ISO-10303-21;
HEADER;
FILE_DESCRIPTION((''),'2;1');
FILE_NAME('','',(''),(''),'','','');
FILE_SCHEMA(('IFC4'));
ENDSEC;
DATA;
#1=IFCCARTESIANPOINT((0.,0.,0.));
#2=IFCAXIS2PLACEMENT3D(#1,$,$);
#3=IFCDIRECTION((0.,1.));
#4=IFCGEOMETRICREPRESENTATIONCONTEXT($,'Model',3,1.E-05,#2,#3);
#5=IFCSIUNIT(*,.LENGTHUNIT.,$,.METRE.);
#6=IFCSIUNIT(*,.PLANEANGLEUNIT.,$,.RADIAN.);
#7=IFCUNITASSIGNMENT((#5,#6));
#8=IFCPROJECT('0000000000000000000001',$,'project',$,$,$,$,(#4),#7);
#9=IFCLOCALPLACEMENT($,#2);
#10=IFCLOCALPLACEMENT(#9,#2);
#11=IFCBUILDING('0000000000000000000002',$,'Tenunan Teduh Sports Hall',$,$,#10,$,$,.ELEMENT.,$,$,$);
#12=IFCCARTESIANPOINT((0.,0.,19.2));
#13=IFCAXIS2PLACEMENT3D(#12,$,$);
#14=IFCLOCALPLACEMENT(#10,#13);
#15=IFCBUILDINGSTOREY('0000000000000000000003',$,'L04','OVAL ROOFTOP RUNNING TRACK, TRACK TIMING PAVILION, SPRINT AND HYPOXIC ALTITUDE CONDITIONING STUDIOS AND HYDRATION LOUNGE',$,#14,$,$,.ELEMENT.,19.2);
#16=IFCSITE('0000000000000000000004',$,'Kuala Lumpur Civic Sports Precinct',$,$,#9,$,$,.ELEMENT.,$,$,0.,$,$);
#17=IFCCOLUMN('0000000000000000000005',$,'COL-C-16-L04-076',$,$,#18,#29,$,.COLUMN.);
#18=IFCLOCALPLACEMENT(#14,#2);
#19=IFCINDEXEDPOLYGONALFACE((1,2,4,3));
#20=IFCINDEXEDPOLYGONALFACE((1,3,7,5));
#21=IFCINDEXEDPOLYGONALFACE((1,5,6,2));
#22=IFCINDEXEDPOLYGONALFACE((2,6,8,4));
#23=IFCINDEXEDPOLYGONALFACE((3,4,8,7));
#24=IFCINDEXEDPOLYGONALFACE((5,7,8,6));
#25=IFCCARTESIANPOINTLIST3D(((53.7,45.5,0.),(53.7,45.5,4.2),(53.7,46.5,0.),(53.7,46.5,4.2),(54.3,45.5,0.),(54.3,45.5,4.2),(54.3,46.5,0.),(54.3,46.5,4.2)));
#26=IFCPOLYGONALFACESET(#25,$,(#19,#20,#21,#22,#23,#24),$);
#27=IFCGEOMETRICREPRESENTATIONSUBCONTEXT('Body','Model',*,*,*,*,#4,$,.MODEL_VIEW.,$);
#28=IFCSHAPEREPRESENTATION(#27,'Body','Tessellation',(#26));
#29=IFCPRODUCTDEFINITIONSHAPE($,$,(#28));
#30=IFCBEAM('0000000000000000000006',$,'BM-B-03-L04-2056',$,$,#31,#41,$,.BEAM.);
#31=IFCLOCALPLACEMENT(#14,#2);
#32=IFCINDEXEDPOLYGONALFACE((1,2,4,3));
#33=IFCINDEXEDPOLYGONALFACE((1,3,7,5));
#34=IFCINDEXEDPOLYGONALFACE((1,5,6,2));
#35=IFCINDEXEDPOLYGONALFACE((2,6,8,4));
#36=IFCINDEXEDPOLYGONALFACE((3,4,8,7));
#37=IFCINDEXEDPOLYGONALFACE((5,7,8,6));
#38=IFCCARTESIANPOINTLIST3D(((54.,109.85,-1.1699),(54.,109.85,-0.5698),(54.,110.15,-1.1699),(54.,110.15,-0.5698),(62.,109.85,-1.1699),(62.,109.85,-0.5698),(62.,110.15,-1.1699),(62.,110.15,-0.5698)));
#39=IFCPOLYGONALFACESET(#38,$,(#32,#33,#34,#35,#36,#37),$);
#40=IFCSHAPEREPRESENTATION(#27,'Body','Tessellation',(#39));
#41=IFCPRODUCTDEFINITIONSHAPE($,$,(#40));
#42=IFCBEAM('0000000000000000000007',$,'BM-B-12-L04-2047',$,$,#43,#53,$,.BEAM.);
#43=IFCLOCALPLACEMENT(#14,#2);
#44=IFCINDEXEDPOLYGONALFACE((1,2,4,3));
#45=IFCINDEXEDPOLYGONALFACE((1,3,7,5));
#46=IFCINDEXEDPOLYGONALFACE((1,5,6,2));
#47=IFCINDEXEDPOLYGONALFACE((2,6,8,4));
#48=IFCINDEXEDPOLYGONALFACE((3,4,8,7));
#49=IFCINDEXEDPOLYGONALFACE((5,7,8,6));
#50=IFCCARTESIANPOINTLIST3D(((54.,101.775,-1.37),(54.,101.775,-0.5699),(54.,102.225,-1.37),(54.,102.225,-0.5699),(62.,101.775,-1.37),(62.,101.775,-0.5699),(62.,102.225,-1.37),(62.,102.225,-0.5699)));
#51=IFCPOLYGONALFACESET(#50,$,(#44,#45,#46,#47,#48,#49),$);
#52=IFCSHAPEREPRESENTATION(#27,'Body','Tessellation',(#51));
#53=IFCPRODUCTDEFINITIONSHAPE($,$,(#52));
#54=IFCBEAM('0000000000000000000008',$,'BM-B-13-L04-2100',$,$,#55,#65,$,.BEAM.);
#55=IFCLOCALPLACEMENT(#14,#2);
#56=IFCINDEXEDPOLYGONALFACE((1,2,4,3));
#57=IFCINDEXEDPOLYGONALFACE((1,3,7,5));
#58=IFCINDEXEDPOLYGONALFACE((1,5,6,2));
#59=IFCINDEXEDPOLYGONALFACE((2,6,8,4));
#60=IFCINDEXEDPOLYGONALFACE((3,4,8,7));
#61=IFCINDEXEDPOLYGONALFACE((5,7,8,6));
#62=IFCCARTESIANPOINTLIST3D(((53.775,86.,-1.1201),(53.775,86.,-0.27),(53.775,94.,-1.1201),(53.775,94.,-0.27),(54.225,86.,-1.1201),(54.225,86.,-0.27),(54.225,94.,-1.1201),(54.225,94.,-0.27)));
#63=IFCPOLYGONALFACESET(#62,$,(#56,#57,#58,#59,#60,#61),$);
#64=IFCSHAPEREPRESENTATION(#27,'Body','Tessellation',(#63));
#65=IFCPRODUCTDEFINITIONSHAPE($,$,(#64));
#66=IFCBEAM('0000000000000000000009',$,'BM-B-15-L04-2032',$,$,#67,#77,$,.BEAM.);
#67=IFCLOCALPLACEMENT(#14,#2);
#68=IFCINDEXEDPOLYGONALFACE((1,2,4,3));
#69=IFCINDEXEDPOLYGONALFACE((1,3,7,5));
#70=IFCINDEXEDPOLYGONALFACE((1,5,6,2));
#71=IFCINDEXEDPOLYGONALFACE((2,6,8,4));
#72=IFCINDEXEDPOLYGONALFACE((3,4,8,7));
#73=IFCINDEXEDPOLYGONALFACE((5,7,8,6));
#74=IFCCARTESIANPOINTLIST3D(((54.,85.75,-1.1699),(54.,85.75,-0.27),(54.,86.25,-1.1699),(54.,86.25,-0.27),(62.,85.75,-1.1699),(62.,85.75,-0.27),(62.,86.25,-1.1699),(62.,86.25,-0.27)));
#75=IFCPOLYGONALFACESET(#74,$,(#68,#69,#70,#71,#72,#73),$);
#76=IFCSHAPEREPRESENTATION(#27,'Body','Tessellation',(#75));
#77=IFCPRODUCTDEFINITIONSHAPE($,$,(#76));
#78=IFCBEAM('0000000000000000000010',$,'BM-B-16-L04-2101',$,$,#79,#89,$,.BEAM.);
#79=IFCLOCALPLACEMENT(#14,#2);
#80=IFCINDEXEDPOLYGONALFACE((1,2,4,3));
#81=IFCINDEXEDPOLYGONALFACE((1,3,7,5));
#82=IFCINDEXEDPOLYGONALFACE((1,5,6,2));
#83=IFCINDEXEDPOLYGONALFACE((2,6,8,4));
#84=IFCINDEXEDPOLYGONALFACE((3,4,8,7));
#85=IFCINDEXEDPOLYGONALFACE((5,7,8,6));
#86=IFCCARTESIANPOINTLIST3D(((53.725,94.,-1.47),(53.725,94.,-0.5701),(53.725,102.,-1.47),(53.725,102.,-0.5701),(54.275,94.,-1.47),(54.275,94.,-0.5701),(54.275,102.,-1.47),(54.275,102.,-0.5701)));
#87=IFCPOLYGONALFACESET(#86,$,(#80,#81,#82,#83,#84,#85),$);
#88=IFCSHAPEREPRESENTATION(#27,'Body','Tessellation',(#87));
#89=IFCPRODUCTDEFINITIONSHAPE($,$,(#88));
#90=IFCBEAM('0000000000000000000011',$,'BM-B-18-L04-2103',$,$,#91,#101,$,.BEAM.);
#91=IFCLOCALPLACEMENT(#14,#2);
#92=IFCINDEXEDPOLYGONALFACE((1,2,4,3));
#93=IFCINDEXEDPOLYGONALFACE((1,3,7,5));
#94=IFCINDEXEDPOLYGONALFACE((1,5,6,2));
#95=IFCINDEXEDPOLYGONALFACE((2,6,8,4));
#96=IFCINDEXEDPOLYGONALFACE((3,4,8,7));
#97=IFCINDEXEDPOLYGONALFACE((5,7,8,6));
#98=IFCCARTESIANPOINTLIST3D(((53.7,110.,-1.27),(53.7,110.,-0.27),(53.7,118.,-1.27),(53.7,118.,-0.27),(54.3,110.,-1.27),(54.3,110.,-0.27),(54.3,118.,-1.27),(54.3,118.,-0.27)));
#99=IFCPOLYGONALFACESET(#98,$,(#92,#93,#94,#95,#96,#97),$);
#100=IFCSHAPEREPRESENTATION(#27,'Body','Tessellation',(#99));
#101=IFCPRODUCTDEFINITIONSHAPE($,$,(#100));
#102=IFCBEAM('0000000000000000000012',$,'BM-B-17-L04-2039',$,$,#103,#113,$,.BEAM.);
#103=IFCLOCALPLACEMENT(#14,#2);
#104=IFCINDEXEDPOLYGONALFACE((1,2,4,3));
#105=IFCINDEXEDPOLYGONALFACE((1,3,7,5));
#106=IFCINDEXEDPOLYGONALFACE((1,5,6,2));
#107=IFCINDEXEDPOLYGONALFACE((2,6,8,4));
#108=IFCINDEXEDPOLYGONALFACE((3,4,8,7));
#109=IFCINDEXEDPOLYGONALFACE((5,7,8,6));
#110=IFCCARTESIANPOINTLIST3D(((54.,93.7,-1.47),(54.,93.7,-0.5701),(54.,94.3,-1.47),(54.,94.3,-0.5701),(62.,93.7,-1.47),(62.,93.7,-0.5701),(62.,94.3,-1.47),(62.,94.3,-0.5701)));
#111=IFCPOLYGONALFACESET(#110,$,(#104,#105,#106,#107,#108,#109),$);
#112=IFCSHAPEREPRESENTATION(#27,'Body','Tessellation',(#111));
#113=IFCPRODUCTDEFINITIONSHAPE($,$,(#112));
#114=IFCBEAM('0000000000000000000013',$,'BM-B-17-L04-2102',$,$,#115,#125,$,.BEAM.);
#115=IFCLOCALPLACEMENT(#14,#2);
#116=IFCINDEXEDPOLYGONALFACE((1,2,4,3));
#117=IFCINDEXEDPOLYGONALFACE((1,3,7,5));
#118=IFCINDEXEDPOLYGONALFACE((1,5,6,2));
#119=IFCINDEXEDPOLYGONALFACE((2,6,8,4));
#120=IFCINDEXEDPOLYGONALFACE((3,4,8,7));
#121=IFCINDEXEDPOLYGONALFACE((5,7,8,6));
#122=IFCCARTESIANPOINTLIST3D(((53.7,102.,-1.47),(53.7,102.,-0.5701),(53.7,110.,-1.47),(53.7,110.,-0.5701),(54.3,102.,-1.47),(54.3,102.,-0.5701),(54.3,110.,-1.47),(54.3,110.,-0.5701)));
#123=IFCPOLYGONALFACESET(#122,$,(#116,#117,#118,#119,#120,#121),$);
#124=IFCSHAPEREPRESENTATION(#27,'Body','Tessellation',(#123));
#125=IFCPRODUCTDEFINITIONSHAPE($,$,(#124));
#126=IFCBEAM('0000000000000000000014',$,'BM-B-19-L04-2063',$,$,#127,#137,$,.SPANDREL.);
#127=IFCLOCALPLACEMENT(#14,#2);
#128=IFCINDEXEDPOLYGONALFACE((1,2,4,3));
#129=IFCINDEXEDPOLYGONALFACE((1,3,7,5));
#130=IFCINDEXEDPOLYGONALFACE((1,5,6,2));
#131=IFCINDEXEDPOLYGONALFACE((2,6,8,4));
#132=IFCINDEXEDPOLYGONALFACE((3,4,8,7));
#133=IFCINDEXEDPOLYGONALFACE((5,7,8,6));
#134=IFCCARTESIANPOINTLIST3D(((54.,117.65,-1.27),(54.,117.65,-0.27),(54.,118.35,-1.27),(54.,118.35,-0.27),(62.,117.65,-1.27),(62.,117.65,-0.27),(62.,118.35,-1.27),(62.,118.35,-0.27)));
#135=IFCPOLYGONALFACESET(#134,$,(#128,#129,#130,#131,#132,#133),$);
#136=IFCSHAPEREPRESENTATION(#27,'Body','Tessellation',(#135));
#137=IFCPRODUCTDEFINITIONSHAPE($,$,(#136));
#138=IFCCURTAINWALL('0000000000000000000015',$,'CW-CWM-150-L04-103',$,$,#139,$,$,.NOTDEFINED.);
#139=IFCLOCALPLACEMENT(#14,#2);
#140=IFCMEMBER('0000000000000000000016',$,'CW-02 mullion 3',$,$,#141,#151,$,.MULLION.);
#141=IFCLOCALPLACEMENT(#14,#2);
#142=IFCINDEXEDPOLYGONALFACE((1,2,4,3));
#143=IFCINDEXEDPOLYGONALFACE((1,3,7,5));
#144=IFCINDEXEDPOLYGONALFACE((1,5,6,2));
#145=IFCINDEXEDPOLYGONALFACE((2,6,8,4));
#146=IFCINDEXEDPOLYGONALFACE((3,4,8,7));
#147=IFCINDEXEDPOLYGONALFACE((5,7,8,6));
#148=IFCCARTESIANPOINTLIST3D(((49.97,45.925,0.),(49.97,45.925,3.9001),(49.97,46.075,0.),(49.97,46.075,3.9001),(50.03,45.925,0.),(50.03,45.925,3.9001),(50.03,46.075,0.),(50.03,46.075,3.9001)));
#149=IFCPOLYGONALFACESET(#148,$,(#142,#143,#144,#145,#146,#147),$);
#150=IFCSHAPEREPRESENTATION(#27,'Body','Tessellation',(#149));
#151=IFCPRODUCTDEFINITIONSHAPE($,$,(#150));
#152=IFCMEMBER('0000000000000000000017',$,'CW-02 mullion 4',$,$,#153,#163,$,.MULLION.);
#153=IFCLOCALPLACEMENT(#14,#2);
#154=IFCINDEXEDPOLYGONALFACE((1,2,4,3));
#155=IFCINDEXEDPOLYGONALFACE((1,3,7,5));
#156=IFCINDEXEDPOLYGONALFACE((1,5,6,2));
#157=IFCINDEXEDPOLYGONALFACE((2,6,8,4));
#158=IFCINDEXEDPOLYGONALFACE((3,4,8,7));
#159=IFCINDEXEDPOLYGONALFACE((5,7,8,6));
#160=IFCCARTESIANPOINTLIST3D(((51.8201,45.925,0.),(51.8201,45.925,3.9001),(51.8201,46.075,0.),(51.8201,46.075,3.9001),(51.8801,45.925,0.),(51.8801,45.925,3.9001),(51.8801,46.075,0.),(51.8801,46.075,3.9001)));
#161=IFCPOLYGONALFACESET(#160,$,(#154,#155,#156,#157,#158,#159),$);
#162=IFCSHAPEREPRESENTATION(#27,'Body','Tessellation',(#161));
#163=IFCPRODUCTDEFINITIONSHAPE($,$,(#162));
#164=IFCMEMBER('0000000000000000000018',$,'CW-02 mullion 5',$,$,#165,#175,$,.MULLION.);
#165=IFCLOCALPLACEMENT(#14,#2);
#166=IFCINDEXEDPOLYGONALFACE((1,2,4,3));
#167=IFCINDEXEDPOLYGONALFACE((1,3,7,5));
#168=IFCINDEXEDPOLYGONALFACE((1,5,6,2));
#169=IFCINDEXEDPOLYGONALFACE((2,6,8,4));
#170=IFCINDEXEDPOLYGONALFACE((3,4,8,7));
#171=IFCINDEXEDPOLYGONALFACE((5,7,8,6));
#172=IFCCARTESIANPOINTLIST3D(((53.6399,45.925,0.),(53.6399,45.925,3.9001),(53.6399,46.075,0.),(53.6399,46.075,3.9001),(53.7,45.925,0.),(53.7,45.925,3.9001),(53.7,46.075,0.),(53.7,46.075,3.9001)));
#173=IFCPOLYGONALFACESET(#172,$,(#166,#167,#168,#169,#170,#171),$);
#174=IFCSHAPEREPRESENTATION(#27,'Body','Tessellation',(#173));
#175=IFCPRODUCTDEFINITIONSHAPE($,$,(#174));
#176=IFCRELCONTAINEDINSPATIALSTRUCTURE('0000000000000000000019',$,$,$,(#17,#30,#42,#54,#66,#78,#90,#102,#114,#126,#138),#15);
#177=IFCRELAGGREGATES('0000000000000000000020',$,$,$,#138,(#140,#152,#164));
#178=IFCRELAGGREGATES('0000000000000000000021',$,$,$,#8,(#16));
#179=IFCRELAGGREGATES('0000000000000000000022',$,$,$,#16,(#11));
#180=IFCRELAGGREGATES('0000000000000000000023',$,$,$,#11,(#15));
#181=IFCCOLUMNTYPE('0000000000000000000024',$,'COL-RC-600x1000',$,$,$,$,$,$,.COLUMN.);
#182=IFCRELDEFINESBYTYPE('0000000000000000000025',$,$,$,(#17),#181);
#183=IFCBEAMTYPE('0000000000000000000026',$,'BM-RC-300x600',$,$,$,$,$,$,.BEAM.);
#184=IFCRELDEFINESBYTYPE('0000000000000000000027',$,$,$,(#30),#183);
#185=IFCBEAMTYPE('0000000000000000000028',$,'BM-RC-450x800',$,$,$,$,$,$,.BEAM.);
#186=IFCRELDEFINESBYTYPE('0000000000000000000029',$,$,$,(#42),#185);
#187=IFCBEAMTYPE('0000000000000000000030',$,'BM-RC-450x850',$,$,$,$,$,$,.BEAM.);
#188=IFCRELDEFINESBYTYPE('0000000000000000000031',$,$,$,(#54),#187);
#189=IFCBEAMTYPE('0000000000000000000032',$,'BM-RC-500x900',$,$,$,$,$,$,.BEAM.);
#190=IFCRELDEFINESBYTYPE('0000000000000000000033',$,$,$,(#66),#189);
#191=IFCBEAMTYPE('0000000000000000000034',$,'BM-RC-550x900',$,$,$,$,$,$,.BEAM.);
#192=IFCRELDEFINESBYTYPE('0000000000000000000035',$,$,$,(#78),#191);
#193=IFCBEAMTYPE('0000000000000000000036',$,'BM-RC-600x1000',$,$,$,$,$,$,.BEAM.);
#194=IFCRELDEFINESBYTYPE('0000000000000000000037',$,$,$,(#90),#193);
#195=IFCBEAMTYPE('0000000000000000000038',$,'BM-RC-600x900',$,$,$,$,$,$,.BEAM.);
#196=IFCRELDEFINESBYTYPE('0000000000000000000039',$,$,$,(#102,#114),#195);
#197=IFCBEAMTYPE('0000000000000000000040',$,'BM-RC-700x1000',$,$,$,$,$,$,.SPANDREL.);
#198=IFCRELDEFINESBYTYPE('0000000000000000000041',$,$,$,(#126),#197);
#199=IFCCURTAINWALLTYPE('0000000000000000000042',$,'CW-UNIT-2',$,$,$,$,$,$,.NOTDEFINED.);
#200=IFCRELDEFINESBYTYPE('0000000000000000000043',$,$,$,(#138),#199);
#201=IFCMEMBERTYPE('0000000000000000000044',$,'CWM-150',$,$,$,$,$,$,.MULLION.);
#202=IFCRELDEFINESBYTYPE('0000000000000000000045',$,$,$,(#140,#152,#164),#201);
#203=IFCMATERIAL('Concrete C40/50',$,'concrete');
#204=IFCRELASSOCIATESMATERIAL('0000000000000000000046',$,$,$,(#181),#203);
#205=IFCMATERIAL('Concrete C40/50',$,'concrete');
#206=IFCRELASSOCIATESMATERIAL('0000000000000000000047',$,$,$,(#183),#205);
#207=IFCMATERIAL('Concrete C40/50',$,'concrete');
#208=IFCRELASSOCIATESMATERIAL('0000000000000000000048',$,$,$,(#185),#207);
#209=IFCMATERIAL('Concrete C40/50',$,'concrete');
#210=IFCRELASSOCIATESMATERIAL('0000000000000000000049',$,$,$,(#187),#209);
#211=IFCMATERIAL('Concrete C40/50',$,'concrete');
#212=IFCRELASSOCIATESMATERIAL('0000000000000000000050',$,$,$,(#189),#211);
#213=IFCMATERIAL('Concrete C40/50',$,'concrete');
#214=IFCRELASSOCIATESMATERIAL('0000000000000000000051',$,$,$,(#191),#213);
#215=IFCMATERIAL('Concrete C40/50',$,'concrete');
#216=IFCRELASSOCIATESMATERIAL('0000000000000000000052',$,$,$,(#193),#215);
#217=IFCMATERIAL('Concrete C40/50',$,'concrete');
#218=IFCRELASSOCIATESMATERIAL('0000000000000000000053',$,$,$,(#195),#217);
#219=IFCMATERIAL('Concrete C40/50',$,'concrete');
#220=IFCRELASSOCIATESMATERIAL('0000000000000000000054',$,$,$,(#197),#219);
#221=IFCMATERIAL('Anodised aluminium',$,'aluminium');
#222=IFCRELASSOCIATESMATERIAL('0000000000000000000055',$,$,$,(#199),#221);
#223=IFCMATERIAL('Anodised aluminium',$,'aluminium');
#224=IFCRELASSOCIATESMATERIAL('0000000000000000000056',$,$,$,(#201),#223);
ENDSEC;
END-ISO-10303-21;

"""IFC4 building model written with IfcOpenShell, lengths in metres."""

from ifc_helpers import new_model, si_unit, direction, frame, origin, origin_2d, place, context, subcontext, project, spatial, rectangle, extrude, material, material_profile, profile_set, type_object, element, aggregate, save


model = new_model("IFC4")

# Units and contexts
model_context = context("Model", 3, precision=1e-05, world=origin(), true_north=direction((0.0, 1.0)))
body_context = subcontext(model_context, "Body", "Model", "MODEL_VIEW")
ifc_project = project(units=[si_unit("LENGTHUNIT", "METRE"), si_unit("PLANEANGLEUNIT", "RADIAN")], contexts=[model_context])

# Site, building, storey
site_placement = place(None, origin())
site = spatial("IfcSite", under=ifc_project, at=site_placement, Name="Kuala Lumpur Civic Sports Precinct", CompositionType="ELEMENT", RefElevation=0.0)
building_placement = place(site_placement, origin())
building = spatial("IfcBuilding", under=site, at=building_placement, Name="Tenunan Teduh Sports Hall", CompositionType="ELEMENT")
storey_placement = place(building_placement, frame((0.0, 0.0, 19.2)))
storey = spatial("IfcBuildingStorey", under=building, at=storey_placement, Name="L04", Description="OVAL ROOFTOP RUNNING TRACK, TRACK TIMING PAVILION, SPRINT AND HYPOXIC ALTITUDE CONDITIONING STUDIOS AND HYDRATION LOUNGE", CompositionType="ELEMENT", Elevation=19.2)

# Column
ifc_material_1 = material(Name="Concrete C40/50", Category="concrete")
ifc_material_profile_1 = material_profile(ifc_material_1, rectangle(XDim=0.6001, YDim=1.0, at=origin_2d()), Name="RC 600x1000")
ifc_profile_set_1 = profile_set([ifc_material_profile_1], Name="Concrete C40/50")
column_type = type_object("IfcColumnType", Name="COL-RC-600x1000", PredefinedType="COLUMN", material=ifc_profile_set_1)
column_placement = place(storey_placement, frame((54.0, 46.0, 0.0), z_axis=(0.0, 0.0, 1.0), x_axis=(1.0, 0.0, 0.0)))
element("IfcColumn", 1, at=column_placement, inside=storey, type_object=column_type, Name="COL-C-16-L04-076", PredefinedType="COLUMN", context=body_context, shape_type="SweptSolid", body=[
    extrude(rectangle(XDim=0.6001, YDim=1.0, at=origin_2d()), origin(), (0.0, 0.0, 1.0), 4.2),
])

# Beams
ifc_material_2 = material(Name="Concrete C40/50", Category="concrete")
ifc_material_profile_2 = material_profile(ifc_material_2, rectangle(XDim=0.3, YDim=0.6001, at=origin_2d()), Name="RCB 300x600")
ifc_profile_set_2 = profile_set([ifc_material_profile_2], Name="Concrete C40/50")
beam_type_1 = type_object("IfcBeamType", Name="BM-RC-300x600", PredefinedType="BEAM", material=ifc_profile_set_2)
beam_1_placement = place(storey_placement, frame((54.0, 110.0, -0.8699), z_axis=(1.0, 0.0, 0.0), x_axis=(0.0, 1.0, 0.0)))
element("IfcBeam", 2, at=beam_1_placement, inside=storey, type_object=beam_type_1, Name="BM-B-03-L04-2056", PredefinedType="BEAM", context=body_context, shape_type="SweptSolid", body=[
    extrude(rectangle(XDim=0.3, YDim=0.6001, at=origin_2d()), origin(), (0.0, 0.0, 1.0), 8.0),
])
ifc_material_3 = material(Name="Concrete C40/50", Category="concrete")
ifc_material_profile_3 = material_profile(ifc_material_3, rectangle(XDim=0.45, YDim=0.8, at=origin_2d()), Name="RCB 450x800")
ifc_profile_set_3 = profile_set([ifc_material_profile_3], Name="Concrete C40/50")
beam_type_2 = type_object("IfcBeamType", Name="BM-RC-450x800", PredefinedType="BEAM", material=ifc_profile_set_3)
beam_2_placement = place(storey_placement, frame((54.0, 102.0, -0.97), z_axis=(1.0, 0.0, 0.0), x_axis=(0.0, 1.0, 0.0)))
element("IfcBeam", 3, at=beam_2_placement, inside=storey, type_object=beam_type_2, Name="BM-B-12-L04-2047", PredefinedType="BEAM", context=body_context, shape_type="SweptSolid", body=[
    extrude(rectangle(XDim=0.45, YDim=0.8, at=origin_2d()), origin(), (0.0, 0.0, 1.0), 8.0),
])
ifc_material_4 = material(Name="Concrete C40/50", Category="concrete")
ifc_material_profile_4 = material_profile(ifc_material_4, rectangle(XDim=0.45, YDim=0.8501, at=origin_2d()), Name="RCB 450x850")
ifc_profile_set_4 = profile_set([ifc_material_profile_4], Name="Concrete C40/50")
beam_type_3 = type_object("IfcBeamType", Name="BM-RC-450x850", PredefinedType="BEAM", material=ifc_profile_set_4)
beam_3_placement = place(storey_placement, frame((54.0, 86.0, -0.6951), z_axis=(0.0, 1.0, 0.0), x_axis=(-1.0, 0.0, 0.0)))
element("IfcBeam", 4, at=beam_3_placement, inside=storey, type_object=beam_type_3, Name="BM-B-13-L04-2100", PredefinedType="BEAM", context=body_context, shape_type="SweptSolid", body=[
    extrude(rectangle(XDim=0.45, YDim=0.8501, at=origin_2d()), origin(), (0.0, 0.0, 1.0), 8.0),
])
ifc_material_5 = material(Name="Concrete C40/50", Category="concrete")
ifc_material_profile_5 = material_profile(ifc_material_5, rectangle(XDim=0.5, YDim=0.8999, at=origin_2d()), Name="RCB 500x900")
ifc_profile_set_5 = profile_set([ifc_material_profile_5], Name="Concrete C40/50")
beam_type_4 = type_object("IfcBeamType", Name="BM-RC-500x900", PredefinedType="BEAM", material=ifc_profile_set_5)
beam_4_placement = place(storey_placement, frame((54.0, 86.0, -0.72), z_axis=(1.0, 0.0, 0.0), x_axis=(0.0, 1.0, 0.0)))
element("IfcBeam", 5, at=beam_4_placement, inside=storey, type_object=beam_type_4, Name="BM-B-15-L04-2032", PredefinedType="BEAM", context=body_context, shape_type="SweptSolid", body=[
    extrude(rectangle(XDim=0.5, YDim=0.8999, at=origin_2d()), origin(), (0.0, 0.0, 1.0), 8.0),
])
ifc_material_6 = material(Name="Concrete C40/50", Category="concrete")
ifc_material_profile_6 = material_profile(ifc_material_6, rectangle(XDim=0.55, YDim=0.8999, at=origin_2d()), Name="RCB 550x900")
ifc_profile_set_6 = profile_set([ifc_material_profile_6], Name="Concrete C40/50")
beam_type_5 = type_object("IfcBeamType", Name="BM-RC-550x900", PredefinedType="BEAM", material=ifc_profile_set_6)
beam_5_placement = place(storey_placement, frame((54.0, 94.0, -1.02), z_axis=(0.0, 1.0, 0.0), x_axis=(-1.0, 0.0, 0.0)))
element("IfcBeam", 6, at=beam_5_placement, inside=storey, type_object=beam_type_5, Name="BM-B-16-L04-2101", PredefinedType="BEAM", context=body_context, shape_type="SweptSolid", body=[
    extrude(rectangle(XDim=0.55, YDim=0.8999, at=origin_2d()), origin(), (0.0, 0.0, 1.0), 8.0),
])
ifc_material_7 = material(Name="Concrete C40/50", Category="concrete")
ifc_material_profile_7 = material_profile(ifc_material_7, rectangle(XDim=0.6001, YDim=1.0, at=origin_2d()), Name="RCB 600x1000")
ifc_profile_set_7 = profile_set([ifc_material_profile_7], Name="Concrete C40/50")
beam_type_6 = type_object("IfcBeamType", Name="BM-RC-600x1000", PredefinedType="BEAM", material=ifc_profile_set_7)
beam_6_placement = place(storey_placement, frame((54.0, 110.0, -0.77), z_axis=(0.0, 1.0, 0.0), x_axis=(-1.0, 0.0, 0.0)))
element("IfcBeam", 7, at=beam_6_placement, inside=storey, type_object=beam_type_6, Name="BM-B-18-L04-2103", PredefinedType="BEAM", context=body_context, shape_type="SweptSolid", body=[
    extrude(rectangle(XDim=0.6001, YDim=1.0, at=origin_2d()), origin(), (0.0, 0.0, 1.0), 8.0),
])
ifc_material_8 = material(Name="Concrete C40/50", Category="concrete")
ifc_material_profile_8 = material_profile(ifc_material_8, rectangle(XDim=0.6001, YDim=0.8999, at=origin_2d()), Name="RCB 600x900")
ifc_profile_set_8 = profile_set([ifc_material_profile_8], Name="Concrete C40/50")
beam_type_7 = type_object("IfcBeamType", Name="BM-RC-600x900", PredefinedType="BEAM", material=ifc_profile_set_8)
for number, where, z_axis, x_axis, name in (
    (8, (54.0, 94.0, -1.02), (1.0, 0.0, 0.0), (0.0, 1.0, 0.0), "BM-B-17-L04-2039"),
    (9, (54.0, 102.0, -1.02), (0.0, 1.0, 0.0), (-1.0, 0.0, 0.0), "BM-B-17-L04-2102"),
):
    element("IfcBeam", number, at=place(storey_placement, frame(where, z_axis=z_axis, x_axis=x_axis)), inside=storey, type_object=beam_type_7, Name=name, PredefinedType="BEAM", context=body_context, shape_type="SweptSolid", body=[
        extrude(rectangle(XDim=0.6001, YDim=0.8999, at=origin_2d()), origin(), (0.0, 0.0, 1.0), 8.0),
    ])
ifc_material_9 = material(Name="Concrete C40/50", Category="concrete")
ifc_material_profile_9 = material_profile(ifc_material_9, rectangle(XDim=0.7, YDim=1.0, at=origin_2d()), Name="RCB 700x1000")
ifc_profile_set_9 = profile_set([ifc_material_profile_9], Name="Concrete C40/50")
beam_type_8 = type_object("IfcBeamType", Name="BM-RC-700x1000", PredefinedType="SPANDREL", material=ifc_profile_set_9)
beam_7_placement = place(storey_placement, frame((54.0, 118.0, -0.77), z_axis=(1.0, 0.0, 0.0), x_axis=(0.0, 1.0, 0.0)))
element("IfcBeam", 10, at=beam_7_placement, inside=storey, type_object=beam_type_8, Name="BM-B-19-L04-2063", PredefinedType="SPANDREL", context=body_context, shape_type="SweptSolid", body=[
    extrude(rectangle(XDim=0.7, YDim=1.0, at=origin_2d()), origin(), (0.0, 0.0, 1.0), 8.0),
])

# Curtain wall, members
ifc_material_10 = material(Name="Anodised aluminium", Category="aluminium")
curtain_wall_type = type_object("IfcCurtainWallType", Name="CW-UNIT-2", PredefinedType="NOTDEFINED", material=ifc_material_10)
curtain_wall_1_placement = place(storey_placement, origin())
curtain_wall_1 = element("IfcCurtainWall", 11, at=curtain_wall_1_placement, inside=storey, type_object=curtain_wall_type, Name="CW-CWM-150-L04-103", PredefinedType="NOTDEFINED")
ifc_material_11 = material(Name="Anodised aluminium", Category="aluminium")
ifc_material_profile_10 = material_profile(ifc_material_11, rectangle(XDim=0.0601, YDim=0.1499, at=origin_2d()), Name="CWM 60x150")
ifc_profile_set_10 = profile_set([ifc_material_profile_10], Name="Anodised aluminium")
member_type_1 = type_object("IfcMemberType", Name="CWM-150", PredefinedType="MULLION", material=ifc_profile_set_10)
member_1_placement = place(storey_placement, frame((50.0, 46.0, 0.0), z_axis=(0.0, 0.0, 1.0), x_axis=(1.0, 0.0, 0.0)))
member_1 = element("IfcMember", 12, at=member_1_placement, type_object=member_type_1, Name="CW-02 mullion 3", PredefinedType="MULLION", context=body_context, shape_type="SweptSolid", body=[
    extrude(rectangle(XDim=0.0601, YDim=0.1499, at=origin_2d()), origin(), (0.0, 0.0, 1.0), 3.9001),
])
member_2_placement = place(storey_placement, frame((51.8501, 46.0, 0.0), z_axis=(0.0, 0.0, 1.0), x_axis=(1.0, 0.0, 0.0)))
member_2 = element("IfcMember", 13, at=member_2_placement, type_object=member_type_1, Name="CW-02 mullion 4", PredefinedType="MULLION", context=body_context, shape_type="SweptSolid", body=[
    extrude(rectangle(XDim=0.0601, YDim=0.1499, at=origin_2d()), origin(), (0.0, 0.0, 1.0), 3.9001),
])
member_3_placement = place(storey_placement, frame((53.6699, 46.0, 0.0), z_axis=(0.0, 0.0, 1.0), x_axis=(1.0, 0.0, 0.0)))
member_3 = element("IfcMember", 14, at=member_3_placement, type_object=member_type_1, Name="CW-02 mullion 5", PredefinedType="MULLION", context=body_context, shape_type="SweptSolid", body=[
    extrude(rectangle(XDim=0.0601, YDim=0.1499, at=origin_2d()), origin(), (0.0, 0.0, 1.0), 3.9001),
])

aggregate(curtain_wall_1, [member_1, member_2, member_3])

save(model, "model.ifc")
